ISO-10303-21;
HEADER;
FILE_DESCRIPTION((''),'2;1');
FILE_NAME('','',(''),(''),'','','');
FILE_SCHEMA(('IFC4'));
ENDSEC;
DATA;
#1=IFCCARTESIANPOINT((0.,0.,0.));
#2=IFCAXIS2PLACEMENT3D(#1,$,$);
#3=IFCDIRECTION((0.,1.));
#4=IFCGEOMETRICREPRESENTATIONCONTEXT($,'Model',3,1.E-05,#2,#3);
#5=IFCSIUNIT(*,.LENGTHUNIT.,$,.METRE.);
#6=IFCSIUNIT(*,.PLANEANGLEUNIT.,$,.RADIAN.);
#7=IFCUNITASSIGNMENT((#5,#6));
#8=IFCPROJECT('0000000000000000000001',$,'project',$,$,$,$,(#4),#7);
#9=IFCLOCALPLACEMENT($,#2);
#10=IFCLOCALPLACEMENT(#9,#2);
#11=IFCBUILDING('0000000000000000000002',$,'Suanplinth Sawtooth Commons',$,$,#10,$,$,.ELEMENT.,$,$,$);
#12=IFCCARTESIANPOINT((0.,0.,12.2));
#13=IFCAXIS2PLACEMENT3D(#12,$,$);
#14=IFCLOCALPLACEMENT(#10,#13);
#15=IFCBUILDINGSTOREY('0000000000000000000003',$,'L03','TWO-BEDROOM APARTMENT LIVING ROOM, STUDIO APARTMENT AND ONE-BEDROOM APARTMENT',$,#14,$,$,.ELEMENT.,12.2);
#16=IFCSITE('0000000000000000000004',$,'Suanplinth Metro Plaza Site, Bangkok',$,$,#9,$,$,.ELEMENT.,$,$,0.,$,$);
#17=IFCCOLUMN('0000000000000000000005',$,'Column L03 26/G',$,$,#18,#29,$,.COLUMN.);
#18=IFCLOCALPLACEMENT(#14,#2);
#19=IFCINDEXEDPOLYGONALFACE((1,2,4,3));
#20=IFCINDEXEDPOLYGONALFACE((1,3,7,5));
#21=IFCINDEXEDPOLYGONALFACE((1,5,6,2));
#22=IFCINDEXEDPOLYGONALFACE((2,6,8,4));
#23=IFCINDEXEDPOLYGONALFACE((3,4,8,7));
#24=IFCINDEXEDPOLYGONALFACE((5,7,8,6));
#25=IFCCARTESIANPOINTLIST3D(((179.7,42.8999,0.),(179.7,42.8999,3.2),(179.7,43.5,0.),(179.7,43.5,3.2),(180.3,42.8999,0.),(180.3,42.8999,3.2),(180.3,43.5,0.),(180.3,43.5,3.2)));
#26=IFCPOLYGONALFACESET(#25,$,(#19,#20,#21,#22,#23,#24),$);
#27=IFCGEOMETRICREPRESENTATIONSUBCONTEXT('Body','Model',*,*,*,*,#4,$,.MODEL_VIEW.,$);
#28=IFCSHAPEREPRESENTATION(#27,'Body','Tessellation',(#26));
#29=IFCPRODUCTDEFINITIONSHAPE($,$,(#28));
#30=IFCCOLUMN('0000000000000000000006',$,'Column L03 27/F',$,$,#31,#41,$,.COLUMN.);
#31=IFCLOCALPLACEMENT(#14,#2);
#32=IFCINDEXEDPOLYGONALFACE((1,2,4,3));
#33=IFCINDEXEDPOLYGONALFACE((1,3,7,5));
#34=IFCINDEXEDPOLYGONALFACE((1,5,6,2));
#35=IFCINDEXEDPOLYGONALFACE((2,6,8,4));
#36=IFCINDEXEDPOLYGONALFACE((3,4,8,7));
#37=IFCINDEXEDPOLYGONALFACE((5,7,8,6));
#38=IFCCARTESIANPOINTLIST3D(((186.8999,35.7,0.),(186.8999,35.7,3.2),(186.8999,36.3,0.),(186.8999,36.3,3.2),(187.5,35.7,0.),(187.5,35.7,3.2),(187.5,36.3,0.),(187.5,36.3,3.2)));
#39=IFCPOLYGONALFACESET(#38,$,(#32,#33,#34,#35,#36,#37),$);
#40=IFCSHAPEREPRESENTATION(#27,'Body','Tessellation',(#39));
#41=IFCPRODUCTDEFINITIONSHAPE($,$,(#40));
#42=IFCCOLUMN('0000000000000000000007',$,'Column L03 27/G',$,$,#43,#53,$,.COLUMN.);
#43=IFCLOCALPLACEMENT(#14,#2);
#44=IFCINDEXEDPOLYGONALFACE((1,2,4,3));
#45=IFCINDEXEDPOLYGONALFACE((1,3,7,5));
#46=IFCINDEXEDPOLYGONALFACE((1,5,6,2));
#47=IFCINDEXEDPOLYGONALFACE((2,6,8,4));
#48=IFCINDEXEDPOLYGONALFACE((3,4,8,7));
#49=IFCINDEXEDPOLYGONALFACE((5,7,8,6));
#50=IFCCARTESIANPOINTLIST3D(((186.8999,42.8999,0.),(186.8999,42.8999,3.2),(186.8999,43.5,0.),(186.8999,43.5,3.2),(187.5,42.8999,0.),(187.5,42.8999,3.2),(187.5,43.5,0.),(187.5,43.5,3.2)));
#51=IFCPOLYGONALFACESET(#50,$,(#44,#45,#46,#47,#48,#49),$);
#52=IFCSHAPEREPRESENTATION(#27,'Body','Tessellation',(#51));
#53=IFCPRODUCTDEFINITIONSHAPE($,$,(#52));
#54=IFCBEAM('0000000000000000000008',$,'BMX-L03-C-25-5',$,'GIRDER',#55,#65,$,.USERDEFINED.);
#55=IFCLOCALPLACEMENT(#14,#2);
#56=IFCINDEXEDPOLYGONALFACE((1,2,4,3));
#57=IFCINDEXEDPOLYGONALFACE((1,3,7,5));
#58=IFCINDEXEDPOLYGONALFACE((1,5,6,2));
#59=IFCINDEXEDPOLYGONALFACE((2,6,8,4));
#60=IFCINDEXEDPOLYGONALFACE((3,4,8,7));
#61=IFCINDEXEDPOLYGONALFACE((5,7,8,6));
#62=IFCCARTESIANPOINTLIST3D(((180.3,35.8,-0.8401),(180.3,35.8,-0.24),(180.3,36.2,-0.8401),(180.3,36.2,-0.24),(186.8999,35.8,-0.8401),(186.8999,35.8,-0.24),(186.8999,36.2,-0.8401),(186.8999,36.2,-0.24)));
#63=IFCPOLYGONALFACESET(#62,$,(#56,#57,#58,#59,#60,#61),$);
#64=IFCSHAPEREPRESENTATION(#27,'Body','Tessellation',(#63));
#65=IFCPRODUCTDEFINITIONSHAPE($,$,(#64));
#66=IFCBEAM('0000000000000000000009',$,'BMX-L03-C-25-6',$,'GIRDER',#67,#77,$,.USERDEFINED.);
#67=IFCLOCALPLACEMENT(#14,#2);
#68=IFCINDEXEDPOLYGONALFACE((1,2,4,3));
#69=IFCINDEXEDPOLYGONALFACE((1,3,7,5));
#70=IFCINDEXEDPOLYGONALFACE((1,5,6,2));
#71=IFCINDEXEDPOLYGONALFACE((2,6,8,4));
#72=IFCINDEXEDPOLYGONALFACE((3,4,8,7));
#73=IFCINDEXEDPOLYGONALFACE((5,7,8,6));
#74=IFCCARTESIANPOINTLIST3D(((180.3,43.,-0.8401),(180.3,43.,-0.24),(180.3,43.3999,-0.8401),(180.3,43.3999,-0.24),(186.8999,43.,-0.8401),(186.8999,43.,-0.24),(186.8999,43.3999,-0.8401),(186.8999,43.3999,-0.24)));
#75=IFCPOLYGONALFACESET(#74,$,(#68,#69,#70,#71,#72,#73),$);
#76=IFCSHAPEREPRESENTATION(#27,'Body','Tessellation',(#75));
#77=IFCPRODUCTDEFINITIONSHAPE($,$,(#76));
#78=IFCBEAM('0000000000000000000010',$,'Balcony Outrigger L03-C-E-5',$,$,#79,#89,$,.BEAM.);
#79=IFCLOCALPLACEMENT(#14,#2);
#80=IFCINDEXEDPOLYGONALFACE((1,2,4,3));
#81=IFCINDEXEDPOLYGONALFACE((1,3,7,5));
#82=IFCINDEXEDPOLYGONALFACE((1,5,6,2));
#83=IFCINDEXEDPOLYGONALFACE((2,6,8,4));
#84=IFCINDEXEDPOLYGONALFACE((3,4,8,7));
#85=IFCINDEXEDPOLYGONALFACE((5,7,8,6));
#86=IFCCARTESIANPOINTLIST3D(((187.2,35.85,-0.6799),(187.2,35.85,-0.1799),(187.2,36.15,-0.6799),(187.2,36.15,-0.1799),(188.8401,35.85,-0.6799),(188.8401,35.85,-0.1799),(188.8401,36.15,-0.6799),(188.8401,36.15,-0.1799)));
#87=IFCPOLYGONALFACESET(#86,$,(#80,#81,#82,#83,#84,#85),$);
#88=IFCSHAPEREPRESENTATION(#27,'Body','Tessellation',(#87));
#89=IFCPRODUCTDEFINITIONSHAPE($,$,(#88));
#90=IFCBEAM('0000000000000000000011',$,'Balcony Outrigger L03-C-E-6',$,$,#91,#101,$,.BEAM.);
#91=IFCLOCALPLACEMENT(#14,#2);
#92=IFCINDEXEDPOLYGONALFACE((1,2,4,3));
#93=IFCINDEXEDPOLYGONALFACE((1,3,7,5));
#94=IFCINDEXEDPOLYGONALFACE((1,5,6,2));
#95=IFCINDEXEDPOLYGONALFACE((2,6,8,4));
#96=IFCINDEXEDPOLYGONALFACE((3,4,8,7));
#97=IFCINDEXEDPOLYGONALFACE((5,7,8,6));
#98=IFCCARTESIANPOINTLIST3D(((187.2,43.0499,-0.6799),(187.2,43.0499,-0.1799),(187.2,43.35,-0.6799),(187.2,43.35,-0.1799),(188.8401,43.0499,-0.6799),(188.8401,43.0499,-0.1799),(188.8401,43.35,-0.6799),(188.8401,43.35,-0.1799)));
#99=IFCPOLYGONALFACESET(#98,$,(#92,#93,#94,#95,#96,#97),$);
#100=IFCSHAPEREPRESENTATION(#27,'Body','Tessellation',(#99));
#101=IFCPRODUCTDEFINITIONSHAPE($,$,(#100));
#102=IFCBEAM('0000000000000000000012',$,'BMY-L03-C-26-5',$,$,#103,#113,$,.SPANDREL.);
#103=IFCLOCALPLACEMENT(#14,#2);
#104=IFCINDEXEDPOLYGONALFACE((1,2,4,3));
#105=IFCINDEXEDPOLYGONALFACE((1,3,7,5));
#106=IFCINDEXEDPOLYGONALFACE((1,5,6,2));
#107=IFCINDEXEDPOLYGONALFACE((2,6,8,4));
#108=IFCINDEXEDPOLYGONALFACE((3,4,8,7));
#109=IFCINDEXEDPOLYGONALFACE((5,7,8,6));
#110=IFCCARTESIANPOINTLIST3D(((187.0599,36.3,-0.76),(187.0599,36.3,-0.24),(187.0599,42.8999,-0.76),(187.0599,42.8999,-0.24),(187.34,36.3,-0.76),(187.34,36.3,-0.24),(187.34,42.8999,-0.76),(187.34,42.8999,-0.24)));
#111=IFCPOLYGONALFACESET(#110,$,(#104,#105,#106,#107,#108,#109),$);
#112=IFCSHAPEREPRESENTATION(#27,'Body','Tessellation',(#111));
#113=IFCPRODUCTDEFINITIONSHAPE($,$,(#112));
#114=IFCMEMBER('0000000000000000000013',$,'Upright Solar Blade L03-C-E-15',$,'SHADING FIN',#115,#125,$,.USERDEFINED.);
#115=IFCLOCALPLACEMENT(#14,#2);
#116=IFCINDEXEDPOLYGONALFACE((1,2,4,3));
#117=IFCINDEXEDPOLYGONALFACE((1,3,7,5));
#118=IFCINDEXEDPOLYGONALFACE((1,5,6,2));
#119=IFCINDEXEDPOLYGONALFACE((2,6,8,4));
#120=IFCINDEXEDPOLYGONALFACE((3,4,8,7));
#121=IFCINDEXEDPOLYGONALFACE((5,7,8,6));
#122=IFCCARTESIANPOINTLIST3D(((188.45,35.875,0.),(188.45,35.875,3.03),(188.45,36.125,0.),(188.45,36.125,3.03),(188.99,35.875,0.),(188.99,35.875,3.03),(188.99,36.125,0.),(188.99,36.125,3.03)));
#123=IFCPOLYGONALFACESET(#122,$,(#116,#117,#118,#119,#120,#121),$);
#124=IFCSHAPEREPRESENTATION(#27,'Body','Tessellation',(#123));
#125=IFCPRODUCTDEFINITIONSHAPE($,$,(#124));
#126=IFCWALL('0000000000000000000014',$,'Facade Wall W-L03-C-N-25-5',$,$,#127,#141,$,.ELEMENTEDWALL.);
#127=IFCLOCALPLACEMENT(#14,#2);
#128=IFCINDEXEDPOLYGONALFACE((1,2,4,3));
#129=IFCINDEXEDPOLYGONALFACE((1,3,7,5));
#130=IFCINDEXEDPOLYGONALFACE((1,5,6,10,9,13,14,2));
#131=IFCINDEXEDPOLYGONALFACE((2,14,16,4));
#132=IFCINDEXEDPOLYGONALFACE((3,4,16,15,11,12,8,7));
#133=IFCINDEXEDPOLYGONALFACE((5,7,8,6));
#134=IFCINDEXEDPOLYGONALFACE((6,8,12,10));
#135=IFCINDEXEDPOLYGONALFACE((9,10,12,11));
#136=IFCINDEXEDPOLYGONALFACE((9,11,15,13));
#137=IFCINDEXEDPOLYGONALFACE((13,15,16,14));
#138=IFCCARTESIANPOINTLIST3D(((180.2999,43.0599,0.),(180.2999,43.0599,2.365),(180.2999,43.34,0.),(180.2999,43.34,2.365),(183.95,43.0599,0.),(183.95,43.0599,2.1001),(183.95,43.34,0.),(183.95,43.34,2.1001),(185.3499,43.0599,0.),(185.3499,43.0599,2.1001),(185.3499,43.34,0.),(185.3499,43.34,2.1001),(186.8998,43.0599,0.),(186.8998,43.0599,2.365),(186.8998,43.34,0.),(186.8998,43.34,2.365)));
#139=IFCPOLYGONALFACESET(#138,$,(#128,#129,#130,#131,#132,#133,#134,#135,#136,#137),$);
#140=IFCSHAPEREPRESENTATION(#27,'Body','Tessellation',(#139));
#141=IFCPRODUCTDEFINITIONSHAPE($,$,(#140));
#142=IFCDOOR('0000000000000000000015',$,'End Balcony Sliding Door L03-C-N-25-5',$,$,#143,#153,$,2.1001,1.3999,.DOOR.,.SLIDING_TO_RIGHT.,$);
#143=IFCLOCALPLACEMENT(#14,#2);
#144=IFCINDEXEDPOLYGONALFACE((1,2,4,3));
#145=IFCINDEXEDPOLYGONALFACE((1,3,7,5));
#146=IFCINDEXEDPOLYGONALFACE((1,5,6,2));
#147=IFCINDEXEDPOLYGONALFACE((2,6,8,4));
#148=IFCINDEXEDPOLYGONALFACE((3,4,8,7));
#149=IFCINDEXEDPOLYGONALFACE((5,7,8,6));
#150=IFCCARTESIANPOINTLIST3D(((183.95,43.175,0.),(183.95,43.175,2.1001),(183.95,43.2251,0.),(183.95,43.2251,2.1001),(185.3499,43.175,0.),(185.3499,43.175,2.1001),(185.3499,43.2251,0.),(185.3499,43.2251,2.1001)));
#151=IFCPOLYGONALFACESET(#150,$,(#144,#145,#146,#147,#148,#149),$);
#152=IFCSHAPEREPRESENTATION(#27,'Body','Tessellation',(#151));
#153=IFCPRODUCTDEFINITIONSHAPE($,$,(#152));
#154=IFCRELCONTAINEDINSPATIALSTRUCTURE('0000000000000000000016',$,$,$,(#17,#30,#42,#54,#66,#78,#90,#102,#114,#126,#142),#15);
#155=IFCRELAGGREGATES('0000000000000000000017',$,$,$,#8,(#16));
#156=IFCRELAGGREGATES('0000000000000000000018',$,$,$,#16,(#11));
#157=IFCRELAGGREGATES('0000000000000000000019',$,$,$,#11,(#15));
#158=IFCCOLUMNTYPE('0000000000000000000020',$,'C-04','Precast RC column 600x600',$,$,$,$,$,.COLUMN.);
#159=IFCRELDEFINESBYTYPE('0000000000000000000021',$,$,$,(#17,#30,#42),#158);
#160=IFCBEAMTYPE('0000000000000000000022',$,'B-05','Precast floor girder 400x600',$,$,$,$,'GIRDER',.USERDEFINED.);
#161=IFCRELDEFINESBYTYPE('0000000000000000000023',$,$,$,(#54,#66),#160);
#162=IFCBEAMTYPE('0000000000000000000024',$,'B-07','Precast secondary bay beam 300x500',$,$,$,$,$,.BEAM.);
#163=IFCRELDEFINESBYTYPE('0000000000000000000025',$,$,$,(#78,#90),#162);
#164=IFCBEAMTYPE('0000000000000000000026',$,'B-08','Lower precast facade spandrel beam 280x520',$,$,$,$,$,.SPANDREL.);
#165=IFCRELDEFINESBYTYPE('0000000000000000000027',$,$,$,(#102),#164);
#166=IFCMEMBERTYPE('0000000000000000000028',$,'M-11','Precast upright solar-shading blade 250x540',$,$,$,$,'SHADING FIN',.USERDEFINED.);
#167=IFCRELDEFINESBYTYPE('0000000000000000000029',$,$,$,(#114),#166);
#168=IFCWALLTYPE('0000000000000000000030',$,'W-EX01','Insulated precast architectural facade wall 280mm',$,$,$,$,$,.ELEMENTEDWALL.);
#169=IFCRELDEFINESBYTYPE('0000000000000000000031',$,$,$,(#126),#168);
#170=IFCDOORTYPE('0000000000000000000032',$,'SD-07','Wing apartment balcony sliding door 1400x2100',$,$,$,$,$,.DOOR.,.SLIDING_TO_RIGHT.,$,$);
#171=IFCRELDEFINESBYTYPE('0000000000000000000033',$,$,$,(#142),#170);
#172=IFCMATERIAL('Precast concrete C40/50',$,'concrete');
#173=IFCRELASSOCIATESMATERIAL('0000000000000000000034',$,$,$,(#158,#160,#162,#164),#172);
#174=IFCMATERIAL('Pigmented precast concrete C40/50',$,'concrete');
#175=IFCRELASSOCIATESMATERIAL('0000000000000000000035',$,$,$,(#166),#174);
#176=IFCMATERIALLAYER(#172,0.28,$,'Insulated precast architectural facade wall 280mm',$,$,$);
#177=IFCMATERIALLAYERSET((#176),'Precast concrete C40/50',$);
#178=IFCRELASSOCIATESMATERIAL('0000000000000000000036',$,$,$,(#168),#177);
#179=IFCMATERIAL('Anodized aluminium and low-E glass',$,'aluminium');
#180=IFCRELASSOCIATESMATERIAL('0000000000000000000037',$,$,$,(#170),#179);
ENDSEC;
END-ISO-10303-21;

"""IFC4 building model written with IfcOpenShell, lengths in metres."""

from ifc_helpers import new_model, si_unit, direction, frame, frame_2d, origin, origin_2d, place, context, subcontext, project, spatial, rectangle, extrude, material, layer, layer_set, material_profile, profile_set, type_object, element, fill, save


model = new_model("IFC4")

# Units and contexts
model_context = context("Model", 3, precision=1e-05, world=origin(), true_north=direction((0.0, 1.0)))
body_context = subcontext(model_context, "Body", "Model", "MODEL_VIEW")
ifc_project = project(units=[si_unit("LENGTHUNIT", "METRE"), si_unit("PLANEANGLEUNIT", "RADIAN")], contexts=[model_context])

# Site, building, storey
site_placement = place(None, origin())
site = spatial("IfcSite", under=ifc_project, at=site_placement, Name="Suanplinth Metro Plaza Site, Bangkok", CompositionType="ELEMENT", RefElevation=0.0)
building_placement = place(site_placement, origin())
building = spatial("IfcBuilding", under=site, at=building_placement, Name="Suanplinth Sawtooth Commons", CompositionType="ELEMENT")
storey_placement = place(building_placement, frame((0.0, 0.0, 12.2)))
storey = spatial("IfcBuildingStorey", under=building, at=storey_placement, Name="L03", Description="TWO-BEDROOM APARTMENT LIVING ROOM, STUDIO APARTMENT AND ONE-BEDROOM APARTMENT", CompositionType="ELEMENT", Elevation=12.2)

# Columns
ifc_material_1 = material(Name="Precast concrete C40/50", Category="concrete")
ifc_material_profile_1 = material_profile(ifc_material_1, rectangle(XDim=0.6001, YDim=0.6001, at=origin_2d()), Name="PC-COL 600x600")
ifc_profile_set_1 = profile_set([ifc_material_profile_1], Name="Precast concrete C40/50")
column_type = type_object("IfcColumnType", Name="C-04", Description="Precast RC column 600x600", PredefinedType="COLUMN", material=ifc_profile_set_1)
for number, where, z_axis, x_axis, name in (
    (1, (180.0, 43.2, 0.0), (0.0, 0.0, 1.0), (1.0, 0.0, 0.0), "Column L03 26/G"),
    (2, (187.2, 36.0, 0.0), (0.0, 0.0, 1.0), (1.0, 0.0, 0.0), "Column L03 27/F"),
    (3, (187.2, 43.2, 0.0), (0.0, 0.0, 1.0), (1.0, 0.0, 0.0), "Column L03 27/G"),
):
    element("IfcColumn", number, at=place(storey_placement, frame(where, z_axis=z_axis, x_axis=x_axis)), inside=storey, type_object=column_type, Name=name, PredefinedType="COLUMN", context=body_context, shape_type="SweptSolid", body=[
        extrude(rectangle(XDim=0.6001, YDim=0.6001, at=origin_2d()), origin(), (0.0, 0.0, 1.0), 3.2),
    ])

# Beams
ifc_material_profile_2 = material_profile(ifc_material_1, rectangle(XDim=0.3999, YDim=0.6001, at=origin_2d()), Name="PC-GDR 400x600")
ifc_profile_set_2 = profile_set([ifc_material_profile_2], Name="Precast concrete C40/50")
beam_type_1 = type_object("IfcBeamType", Name="B-05", Description="Precast floor girder 400x600", ElementType="GIRDER", PredefinedType="USERDEFINED", material=ifc_profile_set_2)
for number, where, z_axis, x_axis, name in (
    (4, (180.3, 36.0, -0.54), (1.0, 0.0, 0.0), (0.0, 1.0, 0.0), "BMX-L03-C-25-5"),
    (5, (180.3, 43.2, -0.54), (1.0, 0.0, 0.0), (0.0, 1.0, 0.0), "BMX-L03-C-25-6"),
):
    element("IfcBeam", number, at=place(storey_placement, frame(where, z_axis=z_axis, x_axis=x_axis)), inside=storey, type_object=beam_type_1, Name=name, ObjectType="GIRDER", PredefinedType="USERDEFINED", context=body_context, shape_type="SweptSolid", body=[
        extrude(rectangle(XDim=0.3999, YDim=0.6001, at=origin_2d()), origin(), (0.0, 0.0, 1.0), 6.5999),
    ])
ifc_material_profile_3 = material_profile(ifc_material_1, rectangle(XDim=0.3, YDim=0.5, at=origin_2d()), Name="PC-BM 300x500")
ifc_profile_set_3 = profile_set([ifc_material_profile_3], Name="Precast concrete C40/50")
beam_type_2 = type_object("IfcBeamType", Name="B-07", Description="Precast secondary bay beam 300x500", PredefinedType="BEAM", material=ifc_profile_set_3)
for number, where, z_axis, x_axis, name in (
    (6, (187.2, 36.0, -0.4299), (1.0, 0.0, 0.0), (0.0, 1.0, 0.0), "Balcony Outrigger L03-C-E-5"),
    (7, (187.2, 43.2, -0.4299), (1.0, 0.0, 0.0), (0.0, 1.0, 0.0), "Balcony Outrigger L03-C-E-6"),
):
    element("IfcBeam", number, at=place(storey_placement, frame(where, z_axis=z_axis, x_axis=x_axis)), inside=storey, type_object=beam_type_2, Name=name, PredefinedType="BEAM", context=body_context, shape_type="SweptSolid", body=[
        extrude(rectangle(XDim=0.3, YDim=0.5, at=origin_2d()), origin(), (0.0, 0.0, 1.0), 1.6401),
    ])
ifc_material_profile_4 = material_profile(ifc_material_1, rectangle(XDim=0.28, YDim=0.52, at=origin_2d()), Name="PC-SP 280x520")
ifc_profile_set_4 = profile_set([ifc_material_profile_4], Name="Precast concrete C40/50")
beam_type_3 = type_object("IfcBeamType", Name="B-08", Description="Lower precast facade spandrel beam 280x520", PredefinedType="SPANDREL", material=ifc_profile_set_4)
beam_placement = place(storey_placement, frame((187.2, 36.3, -0.5), z_axis=(0.0, 1.0, 0.0), x_axis=(-1.0, 0.0, 0.0)))
element("IfcBeam", 8, at=beam_placement, inside=storey, type_object=beam_type_3, Name="BMY-L03-C-26-5", PredefinedType="SPANDREL", context=body_context, shape_type="SweptSolid", body=[
    extrude(rectangle(XDim=0.28, YDim=0.52, at=origin_2d()), origin(), (0.0, 0.0, 1.0), 6.5999),
])

# Member
ifc_material_2 = material(Name="Pigmented precast concrete C40/50", Category="concrete")
ifc_material_profile_5 = material_profile(ifc_material_2, rectangle(XDim=0.25, YDim=0.54, at=origin_2d()), Name="PC-FIN 250x540")
ifc_profile_set_5 = profile_set([ifc_material_profile_5], Name="Pigmented precast concrete C40/50")
member_type = type_object("IfcMemberType", Name="M-11", Description="Precast upright solar-shading blade 250x540", ElementType="SHADING FIN", PredefinedType="USERDEFINED", material=ifc_profile_set_5)
member_placement = place(storey_placement, frame((188.72, 36.0, 0.0), z_axis=(0.0, 0.0, 1.0), x_axis=(0.0, 1.0, 0.0)))
element("IfcMember", 9, at=member_placement, inside=storey, type_object=member_type, Name="Upright Solar Blade L03-C-E-15", ObjectType="SHADING FIN", PredefinedType="USERDEFINED", context=body_context, shape_type="SweptSolid", body=[
    extrude(rectangle(XDim=0.25, YDim=0.54, at=origin_2d()), origin(), (0.0, 0.0, 1.0), 3.03),
])

# Wall, opening, door
ifc_layer_1 = layer(ifc_material_1, 0.28, Name="Insulated precast architectural facade wall 280mm")
ifc_layer_set_1 = layer_set([ifc_layer_1], Name="Precast concrete C40/50")
wall_type_1 = type_object("IfcWallType", Name="W-EX01", Description="Insulated precast architectural facade wall 280mm", PredefinedType="ELEMENTEDWALL", material=ifc_layer_set_1)
wall_1_placement = place(storey_placement, frame((180.3, 43.2, 0.0), z_axis=(0.0, 0.0, 1.0), x_axis=(1.0, 0.0, 0.0)))
wall_1 = element("IfcWall", 10, at=wall_1_placement, inside=storey, type_object=wall_type_1, Name="Facade Wall W-L03-C-N-25-5", PredefinedType="ELEMENTEDWALL", context=body_context, shape_type="SweptSolid", body=[
    extrude(rectangle(XDim=6.5999, YDim=0.28, at=frame_2d((3.2998, 0.0))), origin(), (0.0, 0.0, 1.0), 2.365),
])
opening_1_placement = place(wall_1_placement, frame((3.6499, 0.0, 0.0)))
opening_1 = element("IfcOpeningElement", 11, at=opening_1_placement, cuts=wall_1, PredefinedType="OPENING", context=body_context, shape_type="SweptSolid", body=[
    extrude(rectangle(XDim=1.3999, YDim=2.1001, at=frame_2d((0.7, 1.05))), frame((0.0, 0.1548, 0.0), z_axis=(0.0, -1.0, 0.0), x_axis=(1.0, 0.0, 0.0)), (0.0, 0.0, 1.0), 0.3098),
])
ifc_material_3 = material(Name="Anodized aluminium and low-E glass", Category="aluminium")
door_type_1 = type_object("IfcDoorType", Name="SD-07", Description="Wing apartment balcony sliding door 1400x2100", OperationType="SLIDING_TO_RIGHT", PredefinedType="DOOR", material=ifc_material_3)
door_1_placement = place(opening_1_placement, frame((1.3999, 0.0, 0.0), z_axis=(0.0, 0.0, 1.0), x_axis=(-1.0, 0.0, 0.0)))
door_1 = element("IfcDoor", 12, at=door_1_placement, inside=storey, type_object=door_type_1, Name="End Balcony Sliding Door L03-C-N-25-5", OperationType="SLIDING_TO_RIGHT", OverallHeight=2.1001, OverallWidth=1.3999, PredefinedType="DOOR", context=body_context, shape_type="SweptSolid", body=[
    extrude(rectangle(XDim=1.3999, YDim=2.1001, at=frame_2d((0.7, 1.05))), frame((0.0, 0.0249, 0.0), z_axis=(0.0, -1.0, 0.0), x_axis=(1.0, 0.0, 0.0)), (0.0, 0.0, 1.0), 0.05),
])
fill(opening_1, door_1)

save(model, "model.ifc")
